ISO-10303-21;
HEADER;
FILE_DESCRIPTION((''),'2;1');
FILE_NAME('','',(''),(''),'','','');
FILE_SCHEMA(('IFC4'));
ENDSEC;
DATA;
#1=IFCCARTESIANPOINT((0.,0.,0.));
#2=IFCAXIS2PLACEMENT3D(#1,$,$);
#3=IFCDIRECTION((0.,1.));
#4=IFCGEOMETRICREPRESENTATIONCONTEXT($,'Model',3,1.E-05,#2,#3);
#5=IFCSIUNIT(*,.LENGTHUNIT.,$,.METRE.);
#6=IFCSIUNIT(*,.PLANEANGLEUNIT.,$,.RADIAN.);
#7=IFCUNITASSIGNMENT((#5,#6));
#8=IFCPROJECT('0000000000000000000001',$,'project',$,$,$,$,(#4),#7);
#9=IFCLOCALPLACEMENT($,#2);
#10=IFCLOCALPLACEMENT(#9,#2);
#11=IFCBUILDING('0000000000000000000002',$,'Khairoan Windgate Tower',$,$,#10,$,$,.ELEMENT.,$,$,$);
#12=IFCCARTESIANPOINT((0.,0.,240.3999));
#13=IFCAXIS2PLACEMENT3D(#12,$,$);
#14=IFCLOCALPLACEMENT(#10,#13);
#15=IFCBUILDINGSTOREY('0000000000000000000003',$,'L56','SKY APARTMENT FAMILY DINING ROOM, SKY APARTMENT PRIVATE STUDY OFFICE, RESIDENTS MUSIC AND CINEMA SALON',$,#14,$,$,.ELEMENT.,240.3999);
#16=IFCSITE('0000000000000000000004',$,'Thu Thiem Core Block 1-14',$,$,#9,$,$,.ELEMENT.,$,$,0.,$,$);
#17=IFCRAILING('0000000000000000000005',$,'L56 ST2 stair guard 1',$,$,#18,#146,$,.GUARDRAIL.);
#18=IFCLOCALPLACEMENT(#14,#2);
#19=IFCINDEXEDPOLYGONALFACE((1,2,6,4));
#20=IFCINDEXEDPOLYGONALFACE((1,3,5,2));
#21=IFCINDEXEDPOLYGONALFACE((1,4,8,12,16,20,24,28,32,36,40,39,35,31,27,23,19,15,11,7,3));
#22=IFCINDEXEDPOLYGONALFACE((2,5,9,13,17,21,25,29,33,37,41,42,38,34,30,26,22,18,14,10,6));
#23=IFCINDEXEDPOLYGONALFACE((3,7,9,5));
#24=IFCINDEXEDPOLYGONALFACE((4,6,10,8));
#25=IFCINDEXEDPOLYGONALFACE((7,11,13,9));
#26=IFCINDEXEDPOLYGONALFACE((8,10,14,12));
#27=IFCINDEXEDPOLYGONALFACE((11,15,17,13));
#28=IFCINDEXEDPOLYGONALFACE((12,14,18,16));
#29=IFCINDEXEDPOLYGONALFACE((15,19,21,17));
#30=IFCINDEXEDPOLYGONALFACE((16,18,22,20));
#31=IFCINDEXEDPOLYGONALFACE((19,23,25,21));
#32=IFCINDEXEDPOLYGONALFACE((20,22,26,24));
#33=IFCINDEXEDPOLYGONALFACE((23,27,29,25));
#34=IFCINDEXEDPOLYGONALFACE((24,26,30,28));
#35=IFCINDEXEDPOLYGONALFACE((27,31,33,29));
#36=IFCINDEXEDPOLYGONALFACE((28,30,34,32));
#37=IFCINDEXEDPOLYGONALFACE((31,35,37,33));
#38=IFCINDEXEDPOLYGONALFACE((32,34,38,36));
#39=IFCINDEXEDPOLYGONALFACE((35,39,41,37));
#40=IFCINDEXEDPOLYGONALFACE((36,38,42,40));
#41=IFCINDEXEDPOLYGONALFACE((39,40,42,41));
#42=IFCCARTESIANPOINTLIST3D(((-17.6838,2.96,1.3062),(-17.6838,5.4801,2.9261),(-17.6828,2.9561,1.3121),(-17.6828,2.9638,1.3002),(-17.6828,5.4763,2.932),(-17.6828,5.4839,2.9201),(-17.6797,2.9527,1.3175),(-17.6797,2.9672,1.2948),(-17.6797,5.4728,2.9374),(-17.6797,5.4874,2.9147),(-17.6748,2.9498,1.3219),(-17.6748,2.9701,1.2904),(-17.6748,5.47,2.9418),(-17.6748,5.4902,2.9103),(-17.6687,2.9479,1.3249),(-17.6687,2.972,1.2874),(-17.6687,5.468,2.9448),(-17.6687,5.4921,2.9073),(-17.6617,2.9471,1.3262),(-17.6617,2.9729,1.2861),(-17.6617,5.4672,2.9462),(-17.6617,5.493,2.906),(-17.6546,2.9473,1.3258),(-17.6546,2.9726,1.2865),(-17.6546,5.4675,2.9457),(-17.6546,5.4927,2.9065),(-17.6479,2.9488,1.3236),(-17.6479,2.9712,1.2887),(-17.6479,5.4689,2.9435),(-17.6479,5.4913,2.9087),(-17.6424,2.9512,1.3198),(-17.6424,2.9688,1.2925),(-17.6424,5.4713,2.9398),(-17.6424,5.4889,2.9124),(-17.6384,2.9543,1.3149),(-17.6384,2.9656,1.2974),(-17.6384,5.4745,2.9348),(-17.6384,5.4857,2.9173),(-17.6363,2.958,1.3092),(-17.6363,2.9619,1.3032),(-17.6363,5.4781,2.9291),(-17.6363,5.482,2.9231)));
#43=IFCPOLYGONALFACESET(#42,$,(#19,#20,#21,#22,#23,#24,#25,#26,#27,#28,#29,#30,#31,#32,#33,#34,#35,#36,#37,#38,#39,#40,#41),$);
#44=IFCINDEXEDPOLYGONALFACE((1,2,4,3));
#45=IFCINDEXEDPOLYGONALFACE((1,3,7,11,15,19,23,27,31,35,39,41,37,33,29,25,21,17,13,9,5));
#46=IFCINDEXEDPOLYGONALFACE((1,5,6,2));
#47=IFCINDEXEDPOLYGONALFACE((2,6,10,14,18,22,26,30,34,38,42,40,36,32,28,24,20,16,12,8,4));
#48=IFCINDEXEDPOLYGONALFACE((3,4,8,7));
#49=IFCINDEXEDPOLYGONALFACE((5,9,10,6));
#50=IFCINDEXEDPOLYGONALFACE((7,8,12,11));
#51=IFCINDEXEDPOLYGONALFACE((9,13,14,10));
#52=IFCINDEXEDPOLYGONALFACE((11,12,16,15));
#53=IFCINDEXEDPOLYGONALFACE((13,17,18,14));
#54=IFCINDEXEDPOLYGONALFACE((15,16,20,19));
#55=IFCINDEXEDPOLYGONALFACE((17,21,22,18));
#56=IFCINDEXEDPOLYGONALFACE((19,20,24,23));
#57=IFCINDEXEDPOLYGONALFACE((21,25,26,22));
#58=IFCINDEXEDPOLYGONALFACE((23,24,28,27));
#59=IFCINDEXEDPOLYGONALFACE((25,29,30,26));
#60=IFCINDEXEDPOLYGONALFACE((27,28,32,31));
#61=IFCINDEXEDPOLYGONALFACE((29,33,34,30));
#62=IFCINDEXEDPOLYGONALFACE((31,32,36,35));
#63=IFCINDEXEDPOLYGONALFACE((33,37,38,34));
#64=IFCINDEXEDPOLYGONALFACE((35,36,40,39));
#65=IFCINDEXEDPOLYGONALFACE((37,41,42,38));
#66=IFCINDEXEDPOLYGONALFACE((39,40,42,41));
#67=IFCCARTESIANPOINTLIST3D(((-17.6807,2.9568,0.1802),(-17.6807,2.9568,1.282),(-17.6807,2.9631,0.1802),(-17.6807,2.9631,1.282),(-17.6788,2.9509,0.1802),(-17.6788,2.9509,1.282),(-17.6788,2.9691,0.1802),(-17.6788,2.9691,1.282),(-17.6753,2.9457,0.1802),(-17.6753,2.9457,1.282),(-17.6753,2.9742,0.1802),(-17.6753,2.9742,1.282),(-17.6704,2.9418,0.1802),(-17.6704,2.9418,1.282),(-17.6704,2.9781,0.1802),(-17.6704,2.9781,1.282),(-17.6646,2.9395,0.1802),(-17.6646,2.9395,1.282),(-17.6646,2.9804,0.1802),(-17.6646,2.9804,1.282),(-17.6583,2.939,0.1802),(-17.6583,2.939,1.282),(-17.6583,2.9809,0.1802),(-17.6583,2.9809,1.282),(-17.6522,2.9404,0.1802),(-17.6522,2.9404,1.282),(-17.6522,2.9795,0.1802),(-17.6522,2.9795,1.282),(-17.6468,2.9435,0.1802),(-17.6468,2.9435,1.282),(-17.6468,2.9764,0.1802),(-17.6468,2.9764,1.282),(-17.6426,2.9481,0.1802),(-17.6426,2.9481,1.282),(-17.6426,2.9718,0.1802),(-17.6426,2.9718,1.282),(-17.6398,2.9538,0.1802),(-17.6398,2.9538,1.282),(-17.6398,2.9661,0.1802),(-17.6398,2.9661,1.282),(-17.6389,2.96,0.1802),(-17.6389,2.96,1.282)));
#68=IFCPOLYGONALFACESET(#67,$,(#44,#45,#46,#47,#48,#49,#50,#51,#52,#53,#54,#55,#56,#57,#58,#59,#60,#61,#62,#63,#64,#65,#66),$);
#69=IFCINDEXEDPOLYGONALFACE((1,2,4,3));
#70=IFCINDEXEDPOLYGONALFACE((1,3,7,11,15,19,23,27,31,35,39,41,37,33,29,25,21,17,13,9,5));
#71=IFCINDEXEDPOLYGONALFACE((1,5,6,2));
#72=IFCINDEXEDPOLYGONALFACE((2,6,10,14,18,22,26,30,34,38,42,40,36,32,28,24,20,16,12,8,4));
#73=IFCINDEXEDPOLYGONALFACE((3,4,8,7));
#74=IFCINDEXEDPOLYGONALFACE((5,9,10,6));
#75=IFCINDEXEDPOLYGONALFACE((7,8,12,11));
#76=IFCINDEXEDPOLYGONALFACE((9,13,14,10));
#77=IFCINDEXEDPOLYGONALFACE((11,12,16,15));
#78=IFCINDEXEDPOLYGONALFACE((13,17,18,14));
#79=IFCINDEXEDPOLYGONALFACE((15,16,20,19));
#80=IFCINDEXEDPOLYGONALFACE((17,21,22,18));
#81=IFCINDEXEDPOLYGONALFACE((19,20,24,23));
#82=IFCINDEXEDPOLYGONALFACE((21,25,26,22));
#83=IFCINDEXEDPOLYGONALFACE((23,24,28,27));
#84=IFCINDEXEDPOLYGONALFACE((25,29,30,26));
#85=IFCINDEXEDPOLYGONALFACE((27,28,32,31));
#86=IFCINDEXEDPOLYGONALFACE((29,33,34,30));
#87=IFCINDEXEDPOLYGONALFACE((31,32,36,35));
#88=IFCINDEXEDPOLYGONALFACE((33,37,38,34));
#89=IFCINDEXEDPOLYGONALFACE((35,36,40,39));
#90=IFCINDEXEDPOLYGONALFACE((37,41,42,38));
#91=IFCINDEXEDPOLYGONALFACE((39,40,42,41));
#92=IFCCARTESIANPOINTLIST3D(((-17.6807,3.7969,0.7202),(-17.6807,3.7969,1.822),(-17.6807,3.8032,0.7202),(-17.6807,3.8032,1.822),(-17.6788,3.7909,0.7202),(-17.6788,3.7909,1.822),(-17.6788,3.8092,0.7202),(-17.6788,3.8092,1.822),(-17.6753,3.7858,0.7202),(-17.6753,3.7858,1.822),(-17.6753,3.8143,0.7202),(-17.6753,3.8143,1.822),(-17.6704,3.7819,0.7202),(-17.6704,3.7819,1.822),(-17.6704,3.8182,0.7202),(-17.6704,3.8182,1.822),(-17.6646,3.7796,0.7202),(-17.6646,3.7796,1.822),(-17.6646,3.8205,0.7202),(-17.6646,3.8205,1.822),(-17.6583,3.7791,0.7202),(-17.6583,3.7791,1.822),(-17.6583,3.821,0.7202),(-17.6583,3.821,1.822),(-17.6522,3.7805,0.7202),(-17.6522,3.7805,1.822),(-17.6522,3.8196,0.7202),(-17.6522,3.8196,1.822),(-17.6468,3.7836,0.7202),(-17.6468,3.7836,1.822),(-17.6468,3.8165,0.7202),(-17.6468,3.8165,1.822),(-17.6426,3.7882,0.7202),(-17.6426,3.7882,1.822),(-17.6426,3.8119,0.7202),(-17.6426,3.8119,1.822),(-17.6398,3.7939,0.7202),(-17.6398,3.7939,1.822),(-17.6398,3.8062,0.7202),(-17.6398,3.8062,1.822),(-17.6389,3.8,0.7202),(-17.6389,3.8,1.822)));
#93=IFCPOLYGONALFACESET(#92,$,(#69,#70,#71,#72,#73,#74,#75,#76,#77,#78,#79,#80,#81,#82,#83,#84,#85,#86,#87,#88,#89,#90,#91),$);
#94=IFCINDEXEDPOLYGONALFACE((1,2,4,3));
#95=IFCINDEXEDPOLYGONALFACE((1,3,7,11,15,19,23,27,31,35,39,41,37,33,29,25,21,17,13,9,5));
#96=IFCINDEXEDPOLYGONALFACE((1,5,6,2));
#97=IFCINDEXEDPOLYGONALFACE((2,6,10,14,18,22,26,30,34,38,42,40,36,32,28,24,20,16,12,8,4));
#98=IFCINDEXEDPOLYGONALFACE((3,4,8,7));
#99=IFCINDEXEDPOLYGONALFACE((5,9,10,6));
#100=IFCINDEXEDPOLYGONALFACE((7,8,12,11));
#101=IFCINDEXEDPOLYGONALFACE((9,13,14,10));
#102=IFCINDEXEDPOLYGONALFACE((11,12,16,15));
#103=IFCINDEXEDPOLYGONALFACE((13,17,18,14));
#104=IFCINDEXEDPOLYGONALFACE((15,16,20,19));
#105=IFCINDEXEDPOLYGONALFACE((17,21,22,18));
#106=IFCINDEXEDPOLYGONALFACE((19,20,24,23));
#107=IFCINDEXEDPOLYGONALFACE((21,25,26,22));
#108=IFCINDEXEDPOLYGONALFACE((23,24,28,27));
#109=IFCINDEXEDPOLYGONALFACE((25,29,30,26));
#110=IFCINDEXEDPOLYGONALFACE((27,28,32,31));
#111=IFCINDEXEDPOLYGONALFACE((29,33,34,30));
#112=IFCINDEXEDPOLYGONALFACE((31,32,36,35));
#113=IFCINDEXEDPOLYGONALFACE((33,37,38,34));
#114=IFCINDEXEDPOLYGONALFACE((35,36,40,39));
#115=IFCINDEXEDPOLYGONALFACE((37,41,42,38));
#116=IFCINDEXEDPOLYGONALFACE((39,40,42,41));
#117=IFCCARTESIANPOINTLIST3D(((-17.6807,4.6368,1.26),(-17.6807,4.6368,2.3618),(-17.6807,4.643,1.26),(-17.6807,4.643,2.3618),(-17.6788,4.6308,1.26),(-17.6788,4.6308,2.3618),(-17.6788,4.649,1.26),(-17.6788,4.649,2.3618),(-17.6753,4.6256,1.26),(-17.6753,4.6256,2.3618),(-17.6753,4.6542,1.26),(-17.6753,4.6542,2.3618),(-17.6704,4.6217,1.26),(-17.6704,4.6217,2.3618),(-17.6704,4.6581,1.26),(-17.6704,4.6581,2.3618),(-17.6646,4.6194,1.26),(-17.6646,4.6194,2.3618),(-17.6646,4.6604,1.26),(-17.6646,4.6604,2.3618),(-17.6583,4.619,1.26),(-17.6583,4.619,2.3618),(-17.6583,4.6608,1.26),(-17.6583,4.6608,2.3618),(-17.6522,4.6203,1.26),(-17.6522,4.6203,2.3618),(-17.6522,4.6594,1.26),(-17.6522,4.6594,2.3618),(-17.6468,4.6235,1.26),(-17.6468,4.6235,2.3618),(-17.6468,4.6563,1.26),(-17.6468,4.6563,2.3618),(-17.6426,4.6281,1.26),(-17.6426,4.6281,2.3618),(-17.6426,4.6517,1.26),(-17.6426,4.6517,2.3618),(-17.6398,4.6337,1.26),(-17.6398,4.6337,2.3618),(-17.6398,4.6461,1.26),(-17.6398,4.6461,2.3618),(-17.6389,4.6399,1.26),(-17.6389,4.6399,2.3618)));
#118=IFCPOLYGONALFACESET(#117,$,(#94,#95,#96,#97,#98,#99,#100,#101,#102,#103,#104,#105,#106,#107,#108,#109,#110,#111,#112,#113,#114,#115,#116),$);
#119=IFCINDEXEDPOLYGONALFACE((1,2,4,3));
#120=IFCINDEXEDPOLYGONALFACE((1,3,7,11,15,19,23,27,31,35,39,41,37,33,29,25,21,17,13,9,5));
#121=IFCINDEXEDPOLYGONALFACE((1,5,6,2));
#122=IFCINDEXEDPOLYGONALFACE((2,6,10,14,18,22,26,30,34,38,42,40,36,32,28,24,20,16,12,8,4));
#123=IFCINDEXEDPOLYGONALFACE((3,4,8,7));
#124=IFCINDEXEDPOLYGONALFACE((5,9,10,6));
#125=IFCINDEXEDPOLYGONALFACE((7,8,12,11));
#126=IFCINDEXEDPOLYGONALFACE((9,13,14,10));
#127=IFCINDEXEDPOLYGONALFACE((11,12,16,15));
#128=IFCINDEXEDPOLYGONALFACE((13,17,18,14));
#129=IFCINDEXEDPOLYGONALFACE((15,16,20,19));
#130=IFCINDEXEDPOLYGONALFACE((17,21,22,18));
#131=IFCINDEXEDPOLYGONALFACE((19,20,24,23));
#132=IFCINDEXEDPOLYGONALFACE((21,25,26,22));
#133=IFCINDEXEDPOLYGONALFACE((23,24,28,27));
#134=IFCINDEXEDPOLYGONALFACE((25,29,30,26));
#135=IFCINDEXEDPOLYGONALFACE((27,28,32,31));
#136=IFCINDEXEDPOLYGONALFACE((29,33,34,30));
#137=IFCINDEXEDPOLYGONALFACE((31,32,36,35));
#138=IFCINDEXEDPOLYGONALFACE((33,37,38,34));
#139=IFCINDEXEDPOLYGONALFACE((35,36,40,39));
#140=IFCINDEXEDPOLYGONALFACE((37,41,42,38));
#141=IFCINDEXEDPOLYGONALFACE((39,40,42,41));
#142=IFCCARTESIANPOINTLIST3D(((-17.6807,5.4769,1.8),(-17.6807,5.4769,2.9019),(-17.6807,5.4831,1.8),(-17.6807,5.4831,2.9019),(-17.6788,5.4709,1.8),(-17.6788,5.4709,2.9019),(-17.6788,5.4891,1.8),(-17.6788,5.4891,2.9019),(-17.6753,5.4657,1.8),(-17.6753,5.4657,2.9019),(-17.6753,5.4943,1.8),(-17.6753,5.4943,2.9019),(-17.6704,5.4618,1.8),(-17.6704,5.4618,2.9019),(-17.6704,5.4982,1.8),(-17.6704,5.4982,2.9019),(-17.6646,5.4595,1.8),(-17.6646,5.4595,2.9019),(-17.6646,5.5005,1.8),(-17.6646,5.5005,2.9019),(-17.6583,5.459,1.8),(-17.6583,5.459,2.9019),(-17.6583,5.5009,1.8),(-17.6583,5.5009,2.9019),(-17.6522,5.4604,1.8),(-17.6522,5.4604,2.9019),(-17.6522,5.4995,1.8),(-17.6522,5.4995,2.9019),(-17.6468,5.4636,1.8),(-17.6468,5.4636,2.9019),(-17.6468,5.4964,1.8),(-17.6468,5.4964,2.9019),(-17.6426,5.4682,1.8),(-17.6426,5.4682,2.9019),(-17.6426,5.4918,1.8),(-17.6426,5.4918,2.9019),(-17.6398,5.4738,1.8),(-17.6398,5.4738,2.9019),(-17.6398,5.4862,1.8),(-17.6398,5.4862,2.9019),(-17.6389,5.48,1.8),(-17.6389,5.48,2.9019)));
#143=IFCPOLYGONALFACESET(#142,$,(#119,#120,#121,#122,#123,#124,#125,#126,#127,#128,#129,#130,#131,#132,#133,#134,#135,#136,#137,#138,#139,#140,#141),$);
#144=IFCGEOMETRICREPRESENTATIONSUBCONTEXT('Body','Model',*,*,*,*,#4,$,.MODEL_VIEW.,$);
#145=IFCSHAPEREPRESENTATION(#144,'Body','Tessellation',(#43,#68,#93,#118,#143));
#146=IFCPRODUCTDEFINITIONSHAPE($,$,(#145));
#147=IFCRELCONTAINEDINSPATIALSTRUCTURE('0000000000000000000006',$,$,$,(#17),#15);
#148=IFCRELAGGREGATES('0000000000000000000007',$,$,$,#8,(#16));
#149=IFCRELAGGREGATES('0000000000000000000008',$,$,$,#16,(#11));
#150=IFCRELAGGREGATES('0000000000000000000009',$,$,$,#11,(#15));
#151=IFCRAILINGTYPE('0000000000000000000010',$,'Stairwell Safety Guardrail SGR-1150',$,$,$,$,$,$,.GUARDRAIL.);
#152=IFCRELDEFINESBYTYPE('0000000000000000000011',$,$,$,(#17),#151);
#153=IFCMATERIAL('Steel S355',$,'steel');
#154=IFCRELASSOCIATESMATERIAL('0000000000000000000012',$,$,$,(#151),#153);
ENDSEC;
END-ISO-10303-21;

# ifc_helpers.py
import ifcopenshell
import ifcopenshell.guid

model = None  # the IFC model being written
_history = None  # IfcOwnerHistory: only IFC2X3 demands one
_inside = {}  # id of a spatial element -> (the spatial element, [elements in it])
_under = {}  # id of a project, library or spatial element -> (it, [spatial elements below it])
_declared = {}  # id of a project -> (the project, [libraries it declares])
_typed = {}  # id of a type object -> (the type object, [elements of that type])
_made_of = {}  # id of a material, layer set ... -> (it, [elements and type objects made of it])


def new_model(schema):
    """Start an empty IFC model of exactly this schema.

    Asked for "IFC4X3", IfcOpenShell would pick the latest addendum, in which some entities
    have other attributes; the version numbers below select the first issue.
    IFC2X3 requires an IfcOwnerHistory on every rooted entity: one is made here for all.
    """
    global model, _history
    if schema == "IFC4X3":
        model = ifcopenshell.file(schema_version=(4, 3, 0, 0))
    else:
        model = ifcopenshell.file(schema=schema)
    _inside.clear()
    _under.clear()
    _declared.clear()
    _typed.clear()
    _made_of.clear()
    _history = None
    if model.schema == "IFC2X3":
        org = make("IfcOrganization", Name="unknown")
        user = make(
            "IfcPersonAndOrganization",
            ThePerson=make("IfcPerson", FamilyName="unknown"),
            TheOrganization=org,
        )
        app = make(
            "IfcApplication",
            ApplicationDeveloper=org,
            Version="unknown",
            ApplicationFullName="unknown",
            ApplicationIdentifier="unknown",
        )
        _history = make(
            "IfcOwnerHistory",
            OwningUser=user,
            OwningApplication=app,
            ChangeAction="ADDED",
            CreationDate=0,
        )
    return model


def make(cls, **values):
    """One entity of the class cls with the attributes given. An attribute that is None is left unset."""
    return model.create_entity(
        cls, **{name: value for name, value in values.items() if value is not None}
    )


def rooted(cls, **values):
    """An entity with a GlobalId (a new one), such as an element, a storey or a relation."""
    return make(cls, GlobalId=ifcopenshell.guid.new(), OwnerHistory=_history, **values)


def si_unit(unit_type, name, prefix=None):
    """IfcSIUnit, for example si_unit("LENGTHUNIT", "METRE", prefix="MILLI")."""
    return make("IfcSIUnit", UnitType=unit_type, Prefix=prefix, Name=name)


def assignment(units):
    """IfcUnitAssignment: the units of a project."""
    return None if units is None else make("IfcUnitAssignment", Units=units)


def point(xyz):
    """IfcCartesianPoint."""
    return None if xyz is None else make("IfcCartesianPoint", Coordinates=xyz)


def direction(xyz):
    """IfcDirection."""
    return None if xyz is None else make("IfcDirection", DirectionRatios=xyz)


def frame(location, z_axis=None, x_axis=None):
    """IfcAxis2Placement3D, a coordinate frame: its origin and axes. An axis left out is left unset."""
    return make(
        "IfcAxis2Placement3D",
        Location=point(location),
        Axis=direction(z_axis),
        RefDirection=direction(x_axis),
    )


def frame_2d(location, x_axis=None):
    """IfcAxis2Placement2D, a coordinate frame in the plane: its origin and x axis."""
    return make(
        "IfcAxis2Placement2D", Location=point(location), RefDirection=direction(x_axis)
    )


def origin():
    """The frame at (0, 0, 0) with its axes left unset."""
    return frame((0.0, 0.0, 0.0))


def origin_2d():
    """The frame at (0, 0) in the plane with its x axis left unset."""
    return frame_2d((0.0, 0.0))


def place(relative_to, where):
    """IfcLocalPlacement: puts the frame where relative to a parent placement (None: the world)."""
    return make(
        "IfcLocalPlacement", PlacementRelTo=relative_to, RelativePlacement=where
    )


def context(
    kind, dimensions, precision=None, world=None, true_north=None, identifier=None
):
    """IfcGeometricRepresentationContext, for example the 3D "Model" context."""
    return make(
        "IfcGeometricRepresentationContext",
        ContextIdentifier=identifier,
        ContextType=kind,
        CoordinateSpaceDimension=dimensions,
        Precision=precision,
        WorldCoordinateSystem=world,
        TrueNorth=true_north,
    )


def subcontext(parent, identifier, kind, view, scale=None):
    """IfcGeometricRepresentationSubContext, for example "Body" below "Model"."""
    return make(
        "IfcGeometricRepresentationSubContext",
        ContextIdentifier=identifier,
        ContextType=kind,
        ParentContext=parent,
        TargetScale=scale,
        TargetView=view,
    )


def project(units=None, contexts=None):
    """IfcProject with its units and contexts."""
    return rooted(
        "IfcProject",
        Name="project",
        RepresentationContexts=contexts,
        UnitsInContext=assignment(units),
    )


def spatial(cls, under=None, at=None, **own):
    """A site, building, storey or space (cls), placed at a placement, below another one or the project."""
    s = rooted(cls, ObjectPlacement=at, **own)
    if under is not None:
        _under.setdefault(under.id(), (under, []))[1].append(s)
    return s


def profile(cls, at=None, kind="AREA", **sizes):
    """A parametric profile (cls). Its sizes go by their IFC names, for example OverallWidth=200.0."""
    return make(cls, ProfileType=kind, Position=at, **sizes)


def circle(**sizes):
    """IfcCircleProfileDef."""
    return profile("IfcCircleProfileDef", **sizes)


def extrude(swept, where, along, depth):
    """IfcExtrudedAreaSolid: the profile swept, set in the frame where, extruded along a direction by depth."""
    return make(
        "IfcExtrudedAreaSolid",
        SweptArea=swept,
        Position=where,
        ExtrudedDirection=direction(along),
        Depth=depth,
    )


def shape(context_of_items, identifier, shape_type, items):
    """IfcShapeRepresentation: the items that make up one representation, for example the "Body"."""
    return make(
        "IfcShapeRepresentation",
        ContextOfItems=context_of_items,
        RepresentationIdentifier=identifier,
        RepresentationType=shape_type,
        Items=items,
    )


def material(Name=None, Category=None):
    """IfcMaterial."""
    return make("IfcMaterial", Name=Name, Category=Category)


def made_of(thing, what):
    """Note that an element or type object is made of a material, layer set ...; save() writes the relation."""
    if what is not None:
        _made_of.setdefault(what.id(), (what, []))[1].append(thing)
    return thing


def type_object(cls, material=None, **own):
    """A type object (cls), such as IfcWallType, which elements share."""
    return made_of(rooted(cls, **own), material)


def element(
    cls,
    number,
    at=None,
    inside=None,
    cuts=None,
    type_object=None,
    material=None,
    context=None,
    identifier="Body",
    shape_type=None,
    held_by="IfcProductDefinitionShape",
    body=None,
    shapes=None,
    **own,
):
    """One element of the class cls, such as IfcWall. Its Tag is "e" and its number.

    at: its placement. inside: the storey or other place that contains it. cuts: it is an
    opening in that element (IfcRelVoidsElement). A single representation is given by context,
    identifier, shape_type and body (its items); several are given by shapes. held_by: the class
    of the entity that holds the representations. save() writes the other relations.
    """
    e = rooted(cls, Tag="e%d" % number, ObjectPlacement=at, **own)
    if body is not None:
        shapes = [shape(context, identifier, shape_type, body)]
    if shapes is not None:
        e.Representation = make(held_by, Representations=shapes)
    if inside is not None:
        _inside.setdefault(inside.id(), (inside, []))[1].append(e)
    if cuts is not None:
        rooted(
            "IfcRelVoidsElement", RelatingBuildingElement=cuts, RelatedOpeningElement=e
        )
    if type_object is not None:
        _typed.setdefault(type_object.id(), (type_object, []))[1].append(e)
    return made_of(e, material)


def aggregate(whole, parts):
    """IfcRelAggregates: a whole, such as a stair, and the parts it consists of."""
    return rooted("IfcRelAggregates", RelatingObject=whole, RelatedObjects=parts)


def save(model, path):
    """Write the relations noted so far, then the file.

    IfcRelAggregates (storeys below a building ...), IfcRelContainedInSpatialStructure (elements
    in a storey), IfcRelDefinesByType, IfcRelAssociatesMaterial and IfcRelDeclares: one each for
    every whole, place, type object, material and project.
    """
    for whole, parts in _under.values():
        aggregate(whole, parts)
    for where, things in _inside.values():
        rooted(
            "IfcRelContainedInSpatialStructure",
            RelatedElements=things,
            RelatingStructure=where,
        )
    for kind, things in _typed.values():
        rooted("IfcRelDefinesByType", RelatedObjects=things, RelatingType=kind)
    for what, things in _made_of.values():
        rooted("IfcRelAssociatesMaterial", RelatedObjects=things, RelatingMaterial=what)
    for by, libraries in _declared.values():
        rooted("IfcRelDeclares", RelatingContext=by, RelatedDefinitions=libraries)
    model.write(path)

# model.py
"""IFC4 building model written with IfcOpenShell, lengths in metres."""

from ifc_helpers import new_model, si_unit, direction, frame, origin, origin_2d, place, context, subcontext, project, spatial, circle, extrude, material, type_object, element, save


model = new_model("IFC4")

# Units and contexts
model_context = context("Model", 3, precision=1e-05, world=origin(), true_north=direction((0.0, 1.0)))
body_context = subcontext(model_context, "Body", "Model", "MODEL_VIEW")
ifc_project = project(units=[si_unit("LENGTHUNIT", "METRE"), si_unit("PLANEANGLEUNIT", "RADIAN")], contexts=[model_context])

# Site, building, storey
site_placement = place(None, origin())
site = spatial("IfcSite", under=ifc_project, at=site_placement, Name="Thu Thiem Core Block 1-14", CompositionType="ELEMENT", RefElevation=0.0)
building_placement = place(site_placement, origin())
building = spatial("IfcBuilding", under=site, at=building_placement, Name="Khairoan Windgate Tower", CompositionType="ELEMENT")
storey_placement = place(building_placement, frame((0.0, 0.0, 240.3999)))
storey = spatial("IfcBuildingStorey", under=building, at=storey_placement, Name="L56", Description="SKY APARTMENT FAMILY DINING ROOM, SKY APARTMENT PRIVATE STUDY OFFICE, RESIDENTS MUSIC AND CINEMA SALON", CompositionType="ELEMENT", Elevation=240.3999)

# Railing
ifc_material_1 = material(Name="Steel S355", Category="steel")
railing_type_1 = type_object("IfcRailingType", Name="Stairwell Safety Guardrail SGR-1150", PredefinedType="GUARDRAIL", material=ifc_material_1)
railing_1_placement = place(storey_placement, frame((-17.6599, 2.96, 0.1802)))
element("IfcRailing", 1, at=railing_1_placement, inside=storey, type_object=railing_type_1, Name="L56 ST2 stair guard 1", PredefinedType="GUARDRAIL", context=body_context, shape_type="SweptSolid", body=[
    extrude(circle(Radius=0.0239, at=origin_2d()), frame((0.0, 0.0, 1.126), z_axis=(0.0, 0.8412, 0.540725), x_axis=(-1.0, 0.0, 0.0)), (0.0, 0.0, 1.0), 2.9958),
    extrude(circle(Radius=0.021, at=origin_2d()), origin(), (0.0, 0.0, 1.0), 1.1018),
    extrude(circle(Radius=0.021, at=origin_2d()), frame((0.0, 0.8401, 0.54)), (0.0, 0.0, 1.0), 1.1018),
    extrude(circle(Radius=0.021, at=origin_2d()), frame((0.0, 1.6799, 1.0798)), (0.0, 0.0, 1.0), 1.1018),
    extrude(circle(Radius=0.021, at=origin_2d()), frame((0.0, 2.52, 1.6199)), (0.0, 0.0, 1.0), 1.1018),
])

save(model, "model.ifc")
